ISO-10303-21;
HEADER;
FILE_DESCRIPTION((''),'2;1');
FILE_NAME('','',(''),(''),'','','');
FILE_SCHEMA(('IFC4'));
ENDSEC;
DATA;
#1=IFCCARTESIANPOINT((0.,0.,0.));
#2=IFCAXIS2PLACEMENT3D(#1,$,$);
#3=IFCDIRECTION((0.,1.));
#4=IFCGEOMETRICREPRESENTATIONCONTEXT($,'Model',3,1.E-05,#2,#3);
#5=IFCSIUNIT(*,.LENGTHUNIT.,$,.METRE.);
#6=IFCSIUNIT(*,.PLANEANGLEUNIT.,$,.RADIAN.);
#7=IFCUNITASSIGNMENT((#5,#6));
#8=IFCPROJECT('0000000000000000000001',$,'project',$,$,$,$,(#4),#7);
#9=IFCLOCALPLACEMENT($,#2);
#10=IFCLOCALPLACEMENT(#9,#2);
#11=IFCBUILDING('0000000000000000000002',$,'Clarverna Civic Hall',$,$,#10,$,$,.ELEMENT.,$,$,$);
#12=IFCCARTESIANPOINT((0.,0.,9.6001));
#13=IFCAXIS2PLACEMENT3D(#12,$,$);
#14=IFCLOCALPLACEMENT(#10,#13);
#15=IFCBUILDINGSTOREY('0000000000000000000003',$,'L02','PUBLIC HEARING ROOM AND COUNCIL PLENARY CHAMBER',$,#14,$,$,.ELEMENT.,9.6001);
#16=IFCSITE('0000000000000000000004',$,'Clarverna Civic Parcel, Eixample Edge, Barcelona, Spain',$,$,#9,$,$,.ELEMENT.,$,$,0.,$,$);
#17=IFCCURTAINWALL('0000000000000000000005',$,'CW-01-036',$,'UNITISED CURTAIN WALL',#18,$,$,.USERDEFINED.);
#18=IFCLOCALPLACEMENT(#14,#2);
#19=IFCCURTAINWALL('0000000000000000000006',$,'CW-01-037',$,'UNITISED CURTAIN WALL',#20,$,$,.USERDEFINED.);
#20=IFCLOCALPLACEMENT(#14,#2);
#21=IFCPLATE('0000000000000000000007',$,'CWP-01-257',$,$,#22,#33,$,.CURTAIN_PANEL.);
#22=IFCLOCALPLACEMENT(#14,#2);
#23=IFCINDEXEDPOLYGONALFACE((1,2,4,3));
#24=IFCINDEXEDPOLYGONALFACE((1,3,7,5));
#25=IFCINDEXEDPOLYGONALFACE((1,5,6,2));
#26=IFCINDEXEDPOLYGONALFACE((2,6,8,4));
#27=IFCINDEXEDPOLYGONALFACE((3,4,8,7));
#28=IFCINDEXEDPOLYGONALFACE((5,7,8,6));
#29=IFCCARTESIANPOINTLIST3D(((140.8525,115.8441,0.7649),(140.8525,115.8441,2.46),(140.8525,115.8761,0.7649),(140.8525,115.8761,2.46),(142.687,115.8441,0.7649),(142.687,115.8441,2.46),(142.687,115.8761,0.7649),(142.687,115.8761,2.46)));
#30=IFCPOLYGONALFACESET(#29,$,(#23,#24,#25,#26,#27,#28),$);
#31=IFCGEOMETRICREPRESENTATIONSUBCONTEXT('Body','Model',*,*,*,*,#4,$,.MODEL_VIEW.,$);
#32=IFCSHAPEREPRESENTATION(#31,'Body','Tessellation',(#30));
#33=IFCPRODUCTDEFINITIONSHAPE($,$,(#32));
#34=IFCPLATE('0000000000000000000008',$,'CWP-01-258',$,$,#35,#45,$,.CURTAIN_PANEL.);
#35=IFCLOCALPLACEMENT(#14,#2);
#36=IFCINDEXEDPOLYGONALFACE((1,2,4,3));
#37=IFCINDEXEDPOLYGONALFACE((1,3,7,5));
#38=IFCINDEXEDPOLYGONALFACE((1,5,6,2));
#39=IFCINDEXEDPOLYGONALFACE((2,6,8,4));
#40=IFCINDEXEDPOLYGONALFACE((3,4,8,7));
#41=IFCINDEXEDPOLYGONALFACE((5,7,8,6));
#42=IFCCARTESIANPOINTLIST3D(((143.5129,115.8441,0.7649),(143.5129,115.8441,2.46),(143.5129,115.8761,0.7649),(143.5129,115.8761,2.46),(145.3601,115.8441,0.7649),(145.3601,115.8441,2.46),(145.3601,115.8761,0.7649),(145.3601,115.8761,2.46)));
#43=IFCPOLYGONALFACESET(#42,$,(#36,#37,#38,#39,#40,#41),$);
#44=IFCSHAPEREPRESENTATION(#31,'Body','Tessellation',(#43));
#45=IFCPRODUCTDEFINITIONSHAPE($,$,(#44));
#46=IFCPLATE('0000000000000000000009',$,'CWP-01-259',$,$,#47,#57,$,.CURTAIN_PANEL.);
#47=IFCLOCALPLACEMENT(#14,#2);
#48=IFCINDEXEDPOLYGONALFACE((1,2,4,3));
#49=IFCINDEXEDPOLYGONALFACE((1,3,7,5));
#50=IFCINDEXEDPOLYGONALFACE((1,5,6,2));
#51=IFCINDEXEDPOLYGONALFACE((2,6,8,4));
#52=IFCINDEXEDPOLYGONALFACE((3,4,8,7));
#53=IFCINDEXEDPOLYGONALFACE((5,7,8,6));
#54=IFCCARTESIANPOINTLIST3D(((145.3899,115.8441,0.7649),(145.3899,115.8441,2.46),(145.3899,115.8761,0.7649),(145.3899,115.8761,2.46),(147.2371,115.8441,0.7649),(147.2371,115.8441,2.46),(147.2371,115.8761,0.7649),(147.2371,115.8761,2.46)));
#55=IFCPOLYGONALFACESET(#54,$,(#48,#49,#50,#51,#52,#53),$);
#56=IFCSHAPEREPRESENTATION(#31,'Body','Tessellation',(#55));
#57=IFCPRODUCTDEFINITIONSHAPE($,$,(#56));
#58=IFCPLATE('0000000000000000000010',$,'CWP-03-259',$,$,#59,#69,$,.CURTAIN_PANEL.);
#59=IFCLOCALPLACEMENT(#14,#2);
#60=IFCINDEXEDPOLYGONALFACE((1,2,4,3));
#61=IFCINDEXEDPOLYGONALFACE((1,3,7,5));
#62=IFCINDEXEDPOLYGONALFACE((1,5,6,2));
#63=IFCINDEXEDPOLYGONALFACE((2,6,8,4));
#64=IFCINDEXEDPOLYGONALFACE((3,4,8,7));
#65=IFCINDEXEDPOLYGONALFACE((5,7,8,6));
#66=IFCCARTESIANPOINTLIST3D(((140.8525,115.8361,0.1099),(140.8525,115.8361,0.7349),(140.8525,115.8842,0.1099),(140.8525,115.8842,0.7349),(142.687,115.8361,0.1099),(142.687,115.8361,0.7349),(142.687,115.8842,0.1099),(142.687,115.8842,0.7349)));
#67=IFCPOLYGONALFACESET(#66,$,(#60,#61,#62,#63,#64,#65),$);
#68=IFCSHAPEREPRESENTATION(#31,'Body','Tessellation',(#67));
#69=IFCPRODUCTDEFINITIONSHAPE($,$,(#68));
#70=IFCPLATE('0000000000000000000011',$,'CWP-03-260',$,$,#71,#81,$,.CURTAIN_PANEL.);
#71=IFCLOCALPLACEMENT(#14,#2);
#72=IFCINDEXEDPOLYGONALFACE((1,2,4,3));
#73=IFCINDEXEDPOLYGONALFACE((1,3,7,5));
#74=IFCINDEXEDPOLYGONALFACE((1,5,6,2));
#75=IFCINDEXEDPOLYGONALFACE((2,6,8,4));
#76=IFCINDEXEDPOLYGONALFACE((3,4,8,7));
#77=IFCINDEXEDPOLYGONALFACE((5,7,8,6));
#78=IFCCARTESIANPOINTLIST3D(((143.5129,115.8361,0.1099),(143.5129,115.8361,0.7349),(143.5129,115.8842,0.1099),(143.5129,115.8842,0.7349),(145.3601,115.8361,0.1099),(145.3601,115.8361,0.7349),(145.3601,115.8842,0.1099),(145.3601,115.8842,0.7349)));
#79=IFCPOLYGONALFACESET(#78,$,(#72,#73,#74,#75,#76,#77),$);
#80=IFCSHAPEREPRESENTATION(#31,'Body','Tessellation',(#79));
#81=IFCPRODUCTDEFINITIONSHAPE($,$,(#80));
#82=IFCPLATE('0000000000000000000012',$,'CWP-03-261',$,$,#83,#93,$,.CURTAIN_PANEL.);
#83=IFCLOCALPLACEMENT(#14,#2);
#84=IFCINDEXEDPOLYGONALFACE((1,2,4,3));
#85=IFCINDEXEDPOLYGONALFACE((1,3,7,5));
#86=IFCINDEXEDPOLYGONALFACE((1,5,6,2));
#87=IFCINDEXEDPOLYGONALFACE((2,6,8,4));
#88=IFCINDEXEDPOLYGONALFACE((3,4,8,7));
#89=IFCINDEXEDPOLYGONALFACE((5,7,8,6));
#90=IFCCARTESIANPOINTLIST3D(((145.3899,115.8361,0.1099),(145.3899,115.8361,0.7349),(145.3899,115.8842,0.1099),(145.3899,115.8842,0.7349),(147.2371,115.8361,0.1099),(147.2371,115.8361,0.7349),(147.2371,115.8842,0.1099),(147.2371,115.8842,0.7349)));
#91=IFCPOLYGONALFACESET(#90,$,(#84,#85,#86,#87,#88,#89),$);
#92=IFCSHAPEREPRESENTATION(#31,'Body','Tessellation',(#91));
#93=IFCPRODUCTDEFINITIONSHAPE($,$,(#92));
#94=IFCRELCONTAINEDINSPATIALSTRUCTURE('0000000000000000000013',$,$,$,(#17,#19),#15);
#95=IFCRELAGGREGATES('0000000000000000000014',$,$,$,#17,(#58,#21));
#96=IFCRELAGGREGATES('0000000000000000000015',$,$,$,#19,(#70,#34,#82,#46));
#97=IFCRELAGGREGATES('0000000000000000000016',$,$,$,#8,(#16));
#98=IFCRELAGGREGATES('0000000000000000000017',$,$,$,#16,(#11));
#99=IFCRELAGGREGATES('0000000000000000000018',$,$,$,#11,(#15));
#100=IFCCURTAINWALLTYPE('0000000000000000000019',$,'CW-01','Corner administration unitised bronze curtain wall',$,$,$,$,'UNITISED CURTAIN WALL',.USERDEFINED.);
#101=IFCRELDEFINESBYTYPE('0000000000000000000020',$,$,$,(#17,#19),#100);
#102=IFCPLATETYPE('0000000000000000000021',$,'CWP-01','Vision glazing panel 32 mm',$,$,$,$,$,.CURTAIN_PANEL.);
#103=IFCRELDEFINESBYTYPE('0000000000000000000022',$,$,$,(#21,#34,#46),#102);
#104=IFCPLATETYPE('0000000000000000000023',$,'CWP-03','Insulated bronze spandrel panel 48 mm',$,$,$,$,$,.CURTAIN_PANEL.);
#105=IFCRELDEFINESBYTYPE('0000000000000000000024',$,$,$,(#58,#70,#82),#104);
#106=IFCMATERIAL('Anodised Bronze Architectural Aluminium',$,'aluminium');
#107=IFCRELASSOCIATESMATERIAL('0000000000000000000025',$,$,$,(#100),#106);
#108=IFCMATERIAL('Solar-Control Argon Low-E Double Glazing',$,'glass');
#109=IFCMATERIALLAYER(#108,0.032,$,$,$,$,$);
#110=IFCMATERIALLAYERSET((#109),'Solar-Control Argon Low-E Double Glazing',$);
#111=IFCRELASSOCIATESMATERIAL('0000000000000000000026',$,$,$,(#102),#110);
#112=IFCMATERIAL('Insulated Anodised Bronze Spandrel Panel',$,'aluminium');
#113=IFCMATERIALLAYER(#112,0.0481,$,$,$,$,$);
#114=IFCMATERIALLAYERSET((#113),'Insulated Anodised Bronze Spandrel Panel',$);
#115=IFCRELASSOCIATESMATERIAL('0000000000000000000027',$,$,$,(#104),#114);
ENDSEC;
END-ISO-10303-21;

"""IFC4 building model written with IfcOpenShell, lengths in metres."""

from ifc_helpers import new_model, si_unit, direction, frame, frame_2d, origin, place, context, subcontext, project, spatial, rectangle, extrude, material, layer, layer_set, type_object, element, aggregate, save


model = new_model("IFC4")

# Units and contexts
model_context = context("Model", 3, precision=1e-05, world=origin(), true_north=direction((0.0, 1.0)))
body_context = subcontext(model_context, "Body", "Model", "MODEL_VIEW")
ifc_project = project(units=[si_unit("LENGTHUNIT", "METRE"), si_unit("PLANEANGLEUNIT", "RADIAN")], contexts=[model_context])

# Site, building, storey
site_placement = place(None, origin())
site = spatial("IfcSite", under=ifc_project, at=site_placement, Name="Clarverna Civic Parcel, Eixample Edge, Barcelona, Spain", CompositionType="ELEMENT", RefElevation=0.0)
building_placement = place(site_placement, origin())
building = spatial("IfcBuilding", under=site, at=building_placement, Name="Clarverna Civic Hall", CompositionType="ELEMENT")
storey_placement = place(building_placement, frame((0.0, 0.0, 9.6001)))
storey = spatial("IfcBuildingStorey", under=building, at=storey_placement, Name="L02", Description="PUBLIC HEARING ROOM AND COUNCIL PLENARY CHAMBER", CompositionType="ELEMENT", Elevation=9.6001)

# Curtain wall
ifc_material_1 = material(Name="Anodised Bronze Architectural Aluminium", Category="aluminium")
curtain_wall_type = type_object("IfcCurtainWallType", Name="CW-01", Description="Corner administration unitised bronze curtain wall", ElementType="UNITISED CURTAIN WALL", PredefinedType="USERDEFINED", material=ifc_material_1)
curtain_wall_1_placement = place(storey_placement, origin())
curtain_wall_1 = element("IfcCurtainWall", 1, at=curtain_wall_1_placement, inside=storey, type_object=curtain_wall_type, Name="CW-01-036", ObjectType="UNITISED CURTAIN WALL", PredefinedType="USERDEFINED")

# Curtain wall
curtain_wall_2_placement = place(storey_placement, origin())
curtain_wall_2 = element("IfcCurtainWall", 2, at=curtain_wall_2_placement, inside=storey, type_object=curtain_wall_type, Name="CW-01-037", ObjectType="UNITISED CURTAIN WALL", PredefinedType="USERDEFINED")

# Plates
ifc_material_2 = material(Name="Solar-Control Argon Low-E Double Glazing", Category="glass")
ifc_layer_1 = layer(ifc_material_2, 0.032)
ifc_layer_set_1 = layer_set([ifc_layer_1], Name="Solar-Control Argon Low-E Double Glazing")
plate_type_1 = type_object("IfcPlateType", Name="CWP-01", Description="Vision glazing panel 32 mm", PredefinedType="CURTAIN_PANEL", material=ifc_layer_set_1)
plate_1_placement = place(storey_placement, frame((140.8525, 115.8601, 0.7649), z_axis=(0.0, 0.0, 1.0), x_axis=(1.0, 0.0, 0.0)))
plate_1 = element("IfcPlate", 3, at=plate_1_placement, type_object=plate_type_1, Name="CWP-01-257", PredefinedType="CURTAIN_PANEL", context=body_context, shape_type="SweptSolid", body=[
    extrude(rectangle(XDim=1.8345, YDim=0.032, at=frame_2d((0.9172, 0.0))), origin(), (0.0, 0.0, 1.0), 1.6951),
])
plate_2_placement = place(storey_placement, frame((143.5129, 115.8601, 0.7649), z_axis=(0.0, 0.0, 1.0), x_axis=(1.0, 0.0, 0.0)))
plate_2 = element("IfcPlate", 4, at=plate_2_placement, type_object=plate_type_1, Name="CWP-01-258", PredefinedType="CURTAIN_PANEL", context=body_context, shape_type="SweptSolid", body=[
    extrude(rectangle(XDim=1.8472, YDim=0.032, at=frame_2d((0.9236, 0.0))), origin(), (0.0, 0.0, 1.0), 1.6951),
])
plate_3_placement = place(storey_placement, frame((145.3899, 115.8601, 0.7649), z_axis=(0.0, 0.0, 1.0), x_axis=(1.0, 0.0, 0.0)))
plate_3 = element("IfcPlate", 5, at=plate_3_placement, type_object=plate_type_1, Name="CWP-01-259", PredefinedType="CURTAIN_PANEL", context=body_context, shape_type="SweptSolid", body=[
    extrude(rectangle(XDim=1.8472, YDim=0.032, at=frame_2d((0.9236, 0.0))), origin(), (0.0, 0.0, 1.0), 1.6951),
])
ifc_material_3 = material(Name="Insulated Anodised Bronze Spandrel Panel", Category="aluminium")
ifc_layer_2 = layer(ifc_material_3, 0.0481)
ifc_layer_set_2 = layer_set([ifc_layer_2], Name="Insulated Anodised Bronze Spandrel Panel")
plate_type_2 = type_object("IfcPlateType", Name="CWP-03", Description="Insulated bronze spandrel panel 48 mm", PredefinedType="CURTAIN_PANEL", material=ifc_layer_set_2)
plate_4_placement = place(storey_placement, frame((140.8525, 115.8601, 0.1099), z_axis=(0.0, 0.0, 1.0), x_axis=(1.0, 0.0, 0.0)))
plate_4 = element("IfcPlate", 6, at=plate_4_placement, type_object=plate_type_2, Name="CWP-03-259", PredefinedType="CURTAIN_PANEL", context=body_context, shape_type="SweptSolid", body=[
    extrude(rectangle(XDim=1.8345, YDim=0.0481, at=frame_2d((0.9172, 0.0))), origin(), (0.0, 0.0, 1.0), 0.625),
])
aggregate(curtain_wall_1, [plate_4, plate_1])
plate_5_placement = place(storey_placement, frame((143.5129, 115.8601, 0.1099), z_axis=(0.0, 0.0, 1.0), x_axis=(1.0, 0.0, 0.0)))
plate_5 = element("IfcPlate", 7, at=plate_5_placement, type_object=plate_type_2, Name="CWP-03-260", PredefinedType="CURTAIN_PANEL", context=body_context, shape_type="SweptSolid", body=[
    extrude(rectangle(XDim=1.8472, YDim=0.0481, at=frame_2d((0.9236, 0.0))), origin(), (0.0, 0.0, 1.0), 0.625),
])
plate_6_placement = place(storey_placement, frame((145.3899, 115.8601, 0.1099), z_axis=(0.0, 0.0, 1.0), x_axis=(1.0, 0.0, 0.0)))
plate_6 = element("IfcPlate", 8, at=plate_6_placement, type_object=plate_type_2, Name="CWP-03-261", PredefinedType="CURTAIN_PANEL", context=body_context, shape_type="SweptSolid", body=[
    extrude(rectangle(XDim=1.8472, YDim=0.0481, at=frame_2d((0.9236, 0.0))), origin(), (0.0, 0.0, 1.0), 0.625),
])
aggregate(curtain_wall_2, [plate_5, plate_2, plate_6, plate_3])

save(model, "model.ifc")
